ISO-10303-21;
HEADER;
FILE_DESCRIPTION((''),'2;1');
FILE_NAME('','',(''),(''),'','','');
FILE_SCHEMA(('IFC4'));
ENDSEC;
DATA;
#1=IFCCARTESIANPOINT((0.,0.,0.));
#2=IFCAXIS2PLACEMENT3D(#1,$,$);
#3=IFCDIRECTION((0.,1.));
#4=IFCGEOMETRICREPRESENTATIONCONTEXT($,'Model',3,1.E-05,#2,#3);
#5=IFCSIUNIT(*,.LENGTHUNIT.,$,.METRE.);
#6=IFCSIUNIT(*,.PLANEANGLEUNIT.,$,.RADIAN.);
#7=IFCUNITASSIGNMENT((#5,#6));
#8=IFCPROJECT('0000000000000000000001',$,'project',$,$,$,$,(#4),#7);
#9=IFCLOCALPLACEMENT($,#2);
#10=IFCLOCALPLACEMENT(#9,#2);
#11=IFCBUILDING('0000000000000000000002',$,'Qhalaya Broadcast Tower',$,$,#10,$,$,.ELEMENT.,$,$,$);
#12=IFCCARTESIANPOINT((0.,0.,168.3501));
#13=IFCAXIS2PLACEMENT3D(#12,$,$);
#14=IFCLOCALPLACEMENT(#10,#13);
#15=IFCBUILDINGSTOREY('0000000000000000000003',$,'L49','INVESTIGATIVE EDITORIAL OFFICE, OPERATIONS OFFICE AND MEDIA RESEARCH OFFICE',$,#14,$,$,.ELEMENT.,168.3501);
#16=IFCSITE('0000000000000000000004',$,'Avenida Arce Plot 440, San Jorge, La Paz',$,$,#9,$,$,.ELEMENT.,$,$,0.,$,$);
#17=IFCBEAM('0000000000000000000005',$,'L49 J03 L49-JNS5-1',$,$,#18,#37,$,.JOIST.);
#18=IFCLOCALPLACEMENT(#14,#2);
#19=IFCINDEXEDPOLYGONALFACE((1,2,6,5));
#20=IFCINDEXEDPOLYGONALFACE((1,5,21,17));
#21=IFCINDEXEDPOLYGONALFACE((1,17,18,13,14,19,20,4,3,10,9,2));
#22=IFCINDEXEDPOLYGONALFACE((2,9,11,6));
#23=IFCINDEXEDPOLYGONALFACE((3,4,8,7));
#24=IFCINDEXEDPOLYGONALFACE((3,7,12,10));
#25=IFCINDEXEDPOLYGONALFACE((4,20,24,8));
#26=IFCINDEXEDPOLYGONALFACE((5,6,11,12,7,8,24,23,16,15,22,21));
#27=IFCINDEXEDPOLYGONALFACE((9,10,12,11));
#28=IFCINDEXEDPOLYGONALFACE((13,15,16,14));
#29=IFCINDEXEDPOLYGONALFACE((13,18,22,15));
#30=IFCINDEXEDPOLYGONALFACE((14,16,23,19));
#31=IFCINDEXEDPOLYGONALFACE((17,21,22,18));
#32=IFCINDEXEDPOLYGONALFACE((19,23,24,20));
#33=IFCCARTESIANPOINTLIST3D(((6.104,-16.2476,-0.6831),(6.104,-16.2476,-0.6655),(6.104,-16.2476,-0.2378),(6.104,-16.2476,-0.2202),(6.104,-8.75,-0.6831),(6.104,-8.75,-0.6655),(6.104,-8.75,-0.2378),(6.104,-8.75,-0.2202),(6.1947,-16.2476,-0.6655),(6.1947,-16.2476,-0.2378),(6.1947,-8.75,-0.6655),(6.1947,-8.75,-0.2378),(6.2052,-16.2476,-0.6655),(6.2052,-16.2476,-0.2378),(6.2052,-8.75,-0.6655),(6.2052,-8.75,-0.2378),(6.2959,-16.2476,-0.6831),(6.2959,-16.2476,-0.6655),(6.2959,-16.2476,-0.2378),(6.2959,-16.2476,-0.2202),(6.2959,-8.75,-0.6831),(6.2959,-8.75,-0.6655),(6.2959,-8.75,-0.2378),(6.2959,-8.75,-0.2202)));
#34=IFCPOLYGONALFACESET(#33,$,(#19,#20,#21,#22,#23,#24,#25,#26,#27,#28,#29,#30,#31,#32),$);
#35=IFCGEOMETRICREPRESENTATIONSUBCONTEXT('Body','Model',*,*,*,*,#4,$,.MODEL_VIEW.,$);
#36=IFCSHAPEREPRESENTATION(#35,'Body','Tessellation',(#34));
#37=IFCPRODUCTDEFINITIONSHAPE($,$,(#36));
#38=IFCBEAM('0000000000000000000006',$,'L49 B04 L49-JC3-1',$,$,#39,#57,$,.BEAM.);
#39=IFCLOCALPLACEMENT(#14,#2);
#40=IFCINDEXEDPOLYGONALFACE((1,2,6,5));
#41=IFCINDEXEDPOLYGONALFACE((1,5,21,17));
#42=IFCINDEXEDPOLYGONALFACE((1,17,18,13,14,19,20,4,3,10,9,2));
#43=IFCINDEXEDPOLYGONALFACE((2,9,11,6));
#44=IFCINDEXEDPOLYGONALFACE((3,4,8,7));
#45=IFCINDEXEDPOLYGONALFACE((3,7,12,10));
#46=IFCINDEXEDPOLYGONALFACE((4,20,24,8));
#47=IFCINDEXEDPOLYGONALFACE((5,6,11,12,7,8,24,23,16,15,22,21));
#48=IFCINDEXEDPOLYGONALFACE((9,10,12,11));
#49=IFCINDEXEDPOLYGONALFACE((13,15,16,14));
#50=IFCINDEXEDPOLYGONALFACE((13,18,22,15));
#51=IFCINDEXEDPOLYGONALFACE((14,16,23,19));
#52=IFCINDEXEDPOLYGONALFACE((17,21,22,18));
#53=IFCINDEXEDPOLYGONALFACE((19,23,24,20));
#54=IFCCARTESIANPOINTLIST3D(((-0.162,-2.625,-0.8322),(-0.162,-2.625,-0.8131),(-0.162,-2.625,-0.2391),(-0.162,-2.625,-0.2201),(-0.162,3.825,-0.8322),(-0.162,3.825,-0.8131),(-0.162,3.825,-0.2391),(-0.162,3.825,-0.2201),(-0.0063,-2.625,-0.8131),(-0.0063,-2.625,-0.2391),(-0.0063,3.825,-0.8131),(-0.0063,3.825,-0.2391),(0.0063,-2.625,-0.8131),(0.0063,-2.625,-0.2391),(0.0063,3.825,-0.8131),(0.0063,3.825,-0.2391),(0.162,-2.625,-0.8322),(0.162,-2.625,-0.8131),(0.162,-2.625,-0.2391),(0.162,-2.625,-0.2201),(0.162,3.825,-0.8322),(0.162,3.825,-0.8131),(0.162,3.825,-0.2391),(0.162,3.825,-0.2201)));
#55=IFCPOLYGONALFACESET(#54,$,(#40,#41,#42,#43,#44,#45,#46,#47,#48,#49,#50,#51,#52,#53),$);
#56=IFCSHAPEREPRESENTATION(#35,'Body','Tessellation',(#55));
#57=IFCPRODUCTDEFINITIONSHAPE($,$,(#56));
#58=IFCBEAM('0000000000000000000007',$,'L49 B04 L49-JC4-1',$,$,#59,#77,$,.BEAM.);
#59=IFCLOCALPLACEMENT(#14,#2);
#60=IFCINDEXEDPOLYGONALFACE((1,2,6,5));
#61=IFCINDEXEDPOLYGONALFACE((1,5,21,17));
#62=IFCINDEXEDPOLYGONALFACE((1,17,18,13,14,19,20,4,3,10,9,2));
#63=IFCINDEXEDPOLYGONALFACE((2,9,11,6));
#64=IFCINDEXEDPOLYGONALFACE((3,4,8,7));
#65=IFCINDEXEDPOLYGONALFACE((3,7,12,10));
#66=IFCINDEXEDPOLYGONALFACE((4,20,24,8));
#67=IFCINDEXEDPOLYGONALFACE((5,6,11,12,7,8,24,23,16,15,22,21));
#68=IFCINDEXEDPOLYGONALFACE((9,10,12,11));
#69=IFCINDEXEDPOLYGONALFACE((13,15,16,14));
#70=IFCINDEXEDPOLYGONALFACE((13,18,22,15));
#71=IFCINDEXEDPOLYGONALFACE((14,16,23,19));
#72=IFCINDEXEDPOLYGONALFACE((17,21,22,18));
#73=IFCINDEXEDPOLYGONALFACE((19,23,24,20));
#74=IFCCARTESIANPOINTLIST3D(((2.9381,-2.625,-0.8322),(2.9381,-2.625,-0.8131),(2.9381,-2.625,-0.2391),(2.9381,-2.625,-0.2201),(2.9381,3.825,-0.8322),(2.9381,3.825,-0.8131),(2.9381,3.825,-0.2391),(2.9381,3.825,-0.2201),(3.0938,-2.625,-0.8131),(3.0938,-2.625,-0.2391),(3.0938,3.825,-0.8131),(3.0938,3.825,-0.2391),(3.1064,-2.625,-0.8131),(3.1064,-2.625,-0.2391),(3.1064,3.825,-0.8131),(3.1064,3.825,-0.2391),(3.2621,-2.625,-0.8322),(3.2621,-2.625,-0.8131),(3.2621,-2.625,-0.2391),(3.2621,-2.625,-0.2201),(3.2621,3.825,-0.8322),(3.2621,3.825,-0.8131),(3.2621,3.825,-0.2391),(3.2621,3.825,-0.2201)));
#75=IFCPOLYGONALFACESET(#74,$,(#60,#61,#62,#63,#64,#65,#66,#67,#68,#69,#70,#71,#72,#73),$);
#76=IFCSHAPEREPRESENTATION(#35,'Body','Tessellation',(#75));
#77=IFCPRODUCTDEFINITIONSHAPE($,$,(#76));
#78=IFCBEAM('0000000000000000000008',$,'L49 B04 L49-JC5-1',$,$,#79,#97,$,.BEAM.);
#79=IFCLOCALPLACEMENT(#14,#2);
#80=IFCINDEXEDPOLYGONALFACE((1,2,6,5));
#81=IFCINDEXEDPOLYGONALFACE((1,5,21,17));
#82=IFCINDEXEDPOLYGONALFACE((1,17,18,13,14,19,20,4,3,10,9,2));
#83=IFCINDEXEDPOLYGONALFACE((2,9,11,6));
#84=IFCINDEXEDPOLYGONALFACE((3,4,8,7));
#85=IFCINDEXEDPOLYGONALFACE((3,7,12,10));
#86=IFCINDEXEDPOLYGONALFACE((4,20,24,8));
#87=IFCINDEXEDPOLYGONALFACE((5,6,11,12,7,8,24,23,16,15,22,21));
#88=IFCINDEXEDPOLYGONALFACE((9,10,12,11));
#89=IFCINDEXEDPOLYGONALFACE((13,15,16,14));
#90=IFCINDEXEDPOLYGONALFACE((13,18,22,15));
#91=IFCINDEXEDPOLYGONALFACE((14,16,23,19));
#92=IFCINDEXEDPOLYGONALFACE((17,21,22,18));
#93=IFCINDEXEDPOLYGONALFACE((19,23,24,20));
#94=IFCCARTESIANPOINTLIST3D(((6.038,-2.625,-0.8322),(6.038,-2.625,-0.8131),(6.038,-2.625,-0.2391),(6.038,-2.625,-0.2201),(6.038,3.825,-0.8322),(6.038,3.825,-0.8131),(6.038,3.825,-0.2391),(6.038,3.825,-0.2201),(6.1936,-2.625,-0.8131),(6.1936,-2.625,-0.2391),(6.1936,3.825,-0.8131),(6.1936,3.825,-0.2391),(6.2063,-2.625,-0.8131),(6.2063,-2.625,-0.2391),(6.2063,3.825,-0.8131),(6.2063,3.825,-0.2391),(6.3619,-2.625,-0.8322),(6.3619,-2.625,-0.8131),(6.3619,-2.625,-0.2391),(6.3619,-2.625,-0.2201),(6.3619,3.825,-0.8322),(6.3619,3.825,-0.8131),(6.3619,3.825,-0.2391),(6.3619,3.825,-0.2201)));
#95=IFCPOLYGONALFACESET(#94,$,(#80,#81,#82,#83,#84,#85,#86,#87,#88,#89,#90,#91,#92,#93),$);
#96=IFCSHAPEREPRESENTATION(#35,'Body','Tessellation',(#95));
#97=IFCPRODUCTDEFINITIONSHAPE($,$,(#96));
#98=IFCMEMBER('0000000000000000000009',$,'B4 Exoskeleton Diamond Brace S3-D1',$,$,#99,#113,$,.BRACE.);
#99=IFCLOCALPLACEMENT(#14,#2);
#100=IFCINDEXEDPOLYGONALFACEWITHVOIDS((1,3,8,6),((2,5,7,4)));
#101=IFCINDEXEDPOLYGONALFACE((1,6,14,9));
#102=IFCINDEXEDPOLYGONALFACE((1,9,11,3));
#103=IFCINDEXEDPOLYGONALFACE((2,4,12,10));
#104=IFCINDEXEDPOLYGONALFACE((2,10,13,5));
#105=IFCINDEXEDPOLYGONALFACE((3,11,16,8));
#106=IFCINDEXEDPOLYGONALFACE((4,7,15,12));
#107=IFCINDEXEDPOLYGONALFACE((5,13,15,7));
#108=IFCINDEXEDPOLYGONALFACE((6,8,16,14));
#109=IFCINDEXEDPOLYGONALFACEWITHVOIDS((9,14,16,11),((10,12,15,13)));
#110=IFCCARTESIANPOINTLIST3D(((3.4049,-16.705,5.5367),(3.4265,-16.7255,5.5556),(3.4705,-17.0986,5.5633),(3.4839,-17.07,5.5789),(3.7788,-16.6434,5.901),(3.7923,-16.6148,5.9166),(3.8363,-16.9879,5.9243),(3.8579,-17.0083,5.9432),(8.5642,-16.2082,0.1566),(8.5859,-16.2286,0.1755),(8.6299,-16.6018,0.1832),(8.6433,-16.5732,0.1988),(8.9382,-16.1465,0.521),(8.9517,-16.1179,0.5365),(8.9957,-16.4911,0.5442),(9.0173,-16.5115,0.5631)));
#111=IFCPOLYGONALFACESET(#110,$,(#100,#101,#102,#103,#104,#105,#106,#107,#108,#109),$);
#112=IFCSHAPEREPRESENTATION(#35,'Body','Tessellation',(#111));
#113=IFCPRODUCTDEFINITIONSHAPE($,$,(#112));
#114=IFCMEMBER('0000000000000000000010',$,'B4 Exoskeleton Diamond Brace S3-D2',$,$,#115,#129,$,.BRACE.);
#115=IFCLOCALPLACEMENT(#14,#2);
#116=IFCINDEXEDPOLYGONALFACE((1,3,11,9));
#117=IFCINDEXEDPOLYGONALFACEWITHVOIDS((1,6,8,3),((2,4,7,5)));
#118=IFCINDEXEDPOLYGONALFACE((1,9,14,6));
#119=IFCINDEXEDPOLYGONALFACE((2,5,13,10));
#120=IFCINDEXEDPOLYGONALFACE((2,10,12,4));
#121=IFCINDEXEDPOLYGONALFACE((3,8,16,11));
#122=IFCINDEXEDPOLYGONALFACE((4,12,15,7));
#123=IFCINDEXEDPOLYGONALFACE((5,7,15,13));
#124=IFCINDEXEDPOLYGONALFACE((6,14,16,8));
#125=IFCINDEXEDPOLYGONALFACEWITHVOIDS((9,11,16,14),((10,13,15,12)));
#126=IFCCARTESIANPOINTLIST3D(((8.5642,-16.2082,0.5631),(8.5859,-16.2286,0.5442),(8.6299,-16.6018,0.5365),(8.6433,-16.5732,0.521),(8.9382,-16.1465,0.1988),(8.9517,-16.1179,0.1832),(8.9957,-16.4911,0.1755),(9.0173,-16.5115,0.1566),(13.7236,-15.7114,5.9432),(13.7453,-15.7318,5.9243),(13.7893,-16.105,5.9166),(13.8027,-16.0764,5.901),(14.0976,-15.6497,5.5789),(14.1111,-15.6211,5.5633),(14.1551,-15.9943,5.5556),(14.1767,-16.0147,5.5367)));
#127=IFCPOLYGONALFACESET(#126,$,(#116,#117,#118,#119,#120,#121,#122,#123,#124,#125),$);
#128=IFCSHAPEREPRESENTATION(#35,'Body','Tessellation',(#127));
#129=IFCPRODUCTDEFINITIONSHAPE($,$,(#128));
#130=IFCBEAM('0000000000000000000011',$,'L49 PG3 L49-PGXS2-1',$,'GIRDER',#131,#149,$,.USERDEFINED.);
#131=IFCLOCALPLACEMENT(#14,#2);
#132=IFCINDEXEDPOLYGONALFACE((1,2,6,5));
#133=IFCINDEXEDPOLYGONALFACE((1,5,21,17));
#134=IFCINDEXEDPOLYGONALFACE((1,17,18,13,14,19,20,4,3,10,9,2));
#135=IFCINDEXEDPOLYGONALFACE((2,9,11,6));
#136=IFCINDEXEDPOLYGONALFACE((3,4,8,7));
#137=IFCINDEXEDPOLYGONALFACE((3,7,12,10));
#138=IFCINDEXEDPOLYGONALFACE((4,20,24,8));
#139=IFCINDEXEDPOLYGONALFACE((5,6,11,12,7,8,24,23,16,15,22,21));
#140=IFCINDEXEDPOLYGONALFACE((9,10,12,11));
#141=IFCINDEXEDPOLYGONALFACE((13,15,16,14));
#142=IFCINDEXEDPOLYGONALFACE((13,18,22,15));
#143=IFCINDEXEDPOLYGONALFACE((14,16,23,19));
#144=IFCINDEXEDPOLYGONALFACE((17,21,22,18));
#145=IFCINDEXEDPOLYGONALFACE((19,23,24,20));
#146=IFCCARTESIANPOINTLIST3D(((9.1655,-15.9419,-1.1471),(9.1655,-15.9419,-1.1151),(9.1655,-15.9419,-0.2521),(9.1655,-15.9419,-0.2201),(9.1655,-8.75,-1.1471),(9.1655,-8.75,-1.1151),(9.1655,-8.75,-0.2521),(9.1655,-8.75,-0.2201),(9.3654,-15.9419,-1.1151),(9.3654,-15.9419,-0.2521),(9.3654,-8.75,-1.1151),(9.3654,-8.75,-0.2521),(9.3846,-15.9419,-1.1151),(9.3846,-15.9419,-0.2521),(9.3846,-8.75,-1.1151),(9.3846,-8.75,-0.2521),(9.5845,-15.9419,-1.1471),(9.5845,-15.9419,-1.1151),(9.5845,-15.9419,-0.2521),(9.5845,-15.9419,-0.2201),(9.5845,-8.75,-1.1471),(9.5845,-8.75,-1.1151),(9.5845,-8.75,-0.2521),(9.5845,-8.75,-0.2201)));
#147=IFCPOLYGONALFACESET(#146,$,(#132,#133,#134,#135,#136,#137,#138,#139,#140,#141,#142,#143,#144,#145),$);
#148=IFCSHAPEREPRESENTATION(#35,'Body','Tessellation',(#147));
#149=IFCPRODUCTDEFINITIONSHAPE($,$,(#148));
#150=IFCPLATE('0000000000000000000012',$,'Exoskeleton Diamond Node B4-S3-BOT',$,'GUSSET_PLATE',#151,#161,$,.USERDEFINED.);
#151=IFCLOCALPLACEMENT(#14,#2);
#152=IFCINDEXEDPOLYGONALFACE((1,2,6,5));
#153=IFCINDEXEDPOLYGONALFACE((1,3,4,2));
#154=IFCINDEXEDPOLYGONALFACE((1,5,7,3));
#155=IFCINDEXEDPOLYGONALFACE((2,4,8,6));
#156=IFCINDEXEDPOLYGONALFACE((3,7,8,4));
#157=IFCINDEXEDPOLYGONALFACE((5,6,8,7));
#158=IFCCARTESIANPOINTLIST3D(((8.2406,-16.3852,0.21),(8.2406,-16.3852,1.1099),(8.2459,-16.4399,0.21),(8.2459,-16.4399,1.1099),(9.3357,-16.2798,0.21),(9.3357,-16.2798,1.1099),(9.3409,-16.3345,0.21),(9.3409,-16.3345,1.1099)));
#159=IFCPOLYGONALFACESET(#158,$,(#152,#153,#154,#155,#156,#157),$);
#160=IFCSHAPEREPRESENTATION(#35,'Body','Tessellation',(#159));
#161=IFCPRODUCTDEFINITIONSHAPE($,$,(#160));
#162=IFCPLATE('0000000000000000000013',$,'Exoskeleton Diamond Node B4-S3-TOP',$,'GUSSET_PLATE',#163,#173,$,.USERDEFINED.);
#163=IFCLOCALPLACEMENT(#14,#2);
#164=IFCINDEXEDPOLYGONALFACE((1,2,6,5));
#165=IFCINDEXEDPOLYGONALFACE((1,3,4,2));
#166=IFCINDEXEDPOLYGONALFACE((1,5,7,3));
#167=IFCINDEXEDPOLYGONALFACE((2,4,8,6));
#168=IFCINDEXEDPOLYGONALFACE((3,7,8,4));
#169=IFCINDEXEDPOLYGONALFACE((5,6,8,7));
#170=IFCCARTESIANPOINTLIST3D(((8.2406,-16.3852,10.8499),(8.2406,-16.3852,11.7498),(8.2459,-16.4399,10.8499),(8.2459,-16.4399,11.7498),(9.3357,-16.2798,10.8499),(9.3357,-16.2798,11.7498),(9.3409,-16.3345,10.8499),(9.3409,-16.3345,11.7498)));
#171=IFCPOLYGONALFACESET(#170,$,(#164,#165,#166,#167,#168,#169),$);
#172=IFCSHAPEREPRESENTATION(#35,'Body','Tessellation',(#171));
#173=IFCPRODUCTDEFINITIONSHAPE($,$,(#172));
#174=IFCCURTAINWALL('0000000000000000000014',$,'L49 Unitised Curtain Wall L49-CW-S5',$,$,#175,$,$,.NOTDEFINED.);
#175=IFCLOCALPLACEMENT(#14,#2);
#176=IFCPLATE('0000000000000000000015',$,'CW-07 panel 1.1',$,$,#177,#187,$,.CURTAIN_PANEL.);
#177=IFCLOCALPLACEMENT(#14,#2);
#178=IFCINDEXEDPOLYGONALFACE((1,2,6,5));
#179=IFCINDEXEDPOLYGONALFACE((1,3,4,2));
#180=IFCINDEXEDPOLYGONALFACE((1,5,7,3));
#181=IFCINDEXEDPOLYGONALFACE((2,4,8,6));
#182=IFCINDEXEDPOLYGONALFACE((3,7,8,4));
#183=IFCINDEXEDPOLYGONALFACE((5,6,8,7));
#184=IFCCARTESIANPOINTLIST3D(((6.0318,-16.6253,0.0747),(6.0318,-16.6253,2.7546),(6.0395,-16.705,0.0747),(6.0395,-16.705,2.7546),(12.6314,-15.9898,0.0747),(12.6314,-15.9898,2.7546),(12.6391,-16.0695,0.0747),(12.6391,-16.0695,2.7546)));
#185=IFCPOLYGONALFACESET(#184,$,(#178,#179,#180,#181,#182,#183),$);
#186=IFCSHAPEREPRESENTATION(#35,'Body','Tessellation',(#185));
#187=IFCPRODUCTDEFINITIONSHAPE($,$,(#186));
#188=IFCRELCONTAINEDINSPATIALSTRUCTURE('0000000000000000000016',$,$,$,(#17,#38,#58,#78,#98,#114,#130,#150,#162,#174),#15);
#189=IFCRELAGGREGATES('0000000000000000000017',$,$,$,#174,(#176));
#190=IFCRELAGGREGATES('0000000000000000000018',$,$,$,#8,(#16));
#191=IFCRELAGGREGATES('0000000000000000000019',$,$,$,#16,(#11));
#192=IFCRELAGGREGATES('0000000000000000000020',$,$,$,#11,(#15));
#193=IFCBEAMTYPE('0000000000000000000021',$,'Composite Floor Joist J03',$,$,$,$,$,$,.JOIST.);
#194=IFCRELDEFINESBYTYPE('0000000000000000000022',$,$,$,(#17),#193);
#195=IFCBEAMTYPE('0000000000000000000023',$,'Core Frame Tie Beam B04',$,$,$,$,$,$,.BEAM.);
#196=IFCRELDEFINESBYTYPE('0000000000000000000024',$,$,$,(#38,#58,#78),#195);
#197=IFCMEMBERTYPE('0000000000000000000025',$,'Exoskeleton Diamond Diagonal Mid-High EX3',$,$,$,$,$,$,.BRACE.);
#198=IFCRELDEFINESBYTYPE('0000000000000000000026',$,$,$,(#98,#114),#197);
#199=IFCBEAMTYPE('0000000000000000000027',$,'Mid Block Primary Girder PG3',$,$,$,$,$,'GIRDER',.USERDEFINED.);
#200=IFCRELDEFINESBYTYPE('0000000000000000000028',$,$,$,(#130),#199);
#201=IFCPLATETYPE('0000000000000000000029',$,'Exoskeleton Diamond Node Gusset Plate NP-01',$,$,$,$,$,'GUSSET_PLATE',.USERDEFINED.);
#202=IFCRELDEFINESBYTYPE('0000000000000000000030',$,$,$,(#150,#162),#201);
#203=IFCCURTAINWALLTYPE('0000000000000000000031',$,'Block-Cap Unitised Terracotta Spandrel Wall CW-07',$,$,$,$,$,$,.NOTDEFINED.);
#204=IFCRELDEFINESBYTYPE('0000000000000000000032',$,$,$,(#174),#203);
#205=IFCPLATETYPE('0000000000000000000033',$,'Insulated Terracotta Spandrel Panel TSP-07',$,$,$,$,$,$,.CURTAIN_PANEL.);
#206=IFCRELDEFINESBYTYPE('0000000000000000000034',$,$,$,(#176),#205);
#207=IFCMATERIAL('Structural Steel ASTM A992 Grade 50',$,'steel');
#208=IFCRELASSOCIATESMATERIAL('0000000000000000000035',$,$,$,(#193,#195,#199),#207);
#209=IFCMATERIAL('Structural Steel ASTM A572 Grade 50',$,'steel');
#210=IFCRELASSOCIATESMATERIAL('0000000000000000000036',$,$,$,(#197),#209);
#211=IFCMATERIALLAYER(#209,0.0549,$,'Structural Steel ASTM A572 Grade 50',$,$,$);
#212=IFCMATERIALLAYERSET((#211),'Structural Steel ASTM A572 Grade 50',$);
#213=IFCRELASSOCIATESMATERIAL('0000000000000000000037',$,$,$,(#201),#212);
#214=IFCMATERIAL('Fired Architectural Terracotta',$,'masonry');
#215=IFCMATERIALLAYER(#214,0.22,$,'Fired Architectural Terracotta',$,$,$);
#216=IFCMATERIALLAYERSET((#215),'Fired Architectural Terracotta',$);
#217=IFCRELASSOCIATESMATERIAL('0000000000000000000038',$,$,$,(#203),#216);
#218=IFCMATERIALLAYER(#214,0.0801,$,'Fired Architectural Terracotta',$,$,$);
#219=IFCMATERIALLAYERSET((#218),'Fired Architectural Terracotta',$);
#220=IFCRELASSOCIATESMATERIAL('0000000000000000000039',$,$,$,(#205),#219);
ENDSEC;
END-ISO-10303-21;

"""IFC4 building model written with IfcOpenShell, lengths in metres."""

from ifc_helpers import new_model, si_unit, direction, frame, origin, origin_2d, place, context, subcontext, project, spatial, rectangle, hollow_rectangle, i_section, extrude, material, layer, layer_set, material_profile, profile_set, type_object, element, aggregate, save


model = new_model("IFC4")

# Units and contexts
model_context = context("Model", 3, precision=1e-05, world=origin(), true_north=direction((0.0, 1.0)))
body_context = subcontext(model_context, "Body", "Model", "MODEL_VIEW")
ifc_project = project(units=[si_unit("LENGTHUNIT", "METRE"), si_unit("PLANEANGLEUNIT", "RADIAN")], contexts=[model_context])

# Site, building, storey
site_placement = place(None, origin())
site = spatial("IfcSite", under=ifc_project, at=site_placement, Name="Avenida Arce Plot 440, San Jorge, La Paz", CompositionType="ELEMENT", RefElevation=0.0)
building_placement = place(site_placement, origin())
building = spatial("IfcBuilding", under=site, at=building_placement, Name="Qhalaya Broadcast Tower", CompositionType="ELEMENT")
storey_placement = place(building_placement, frame((0.0, 0.0, 168.3501)))
storey = spatial("IfcBuildingStorey", under=building, at=storey_placement, Name="L49", Description="INVESTIGATIVE EDITORIAL OFFICE, OPERATIONS OFFICE AND MEDIA RESEARCH OFFICE", CompositionType="ELEMENT", Elevation=168.3501)

# Beams
ifc_material_1 = material(Name="Structural Steel ASTM A992 Grade 50", Category="steel")
ifc_material_profile_1 = material_profile(ifc_material_1, i_section(OverallWidth=0.1919, OverallDepth=0.4629, WebThickness=0.0105, FlangeThickness=0.0176, at=origin_2d()), Name="W18X60")
ifc_profile_set_1 = profile_set([ifc_material_profile_1], Name="Structural Steel ASTM A992 Grade 50")
beam_type_1 = type_object("IfcBeamType", Name="Composite Floor Joist J03", PredefinedType="JOIST", material=ifc_profile_set_1)
beam_1_placement = place(storey_placement, frame((6.2, -16.2476, -0.4517), z_axis=(0.0, 1.0, 0.0), x_axis=(-1.0, 0.0, 0.0)))
element("IfcBeam", 1, at=beam_1_placement, inside=storey, type_object=beam_type_1, Name="L49 J03 L49-JNS5-1", PredefinedType="JOIST", context=body_context, shape_type="SweptSolid", body=[
    extrude(i_section(OverallWidth=0.1919, OverallDepth=0.4629, WebThickness=0.0105, FlangeThickness=0.0176, at=origin_2d()), origin(), (0.0, 0.0, 1.0), 7.4976),
])
ifc_material_profile_2 = material_profile(ifc_material_1, i_section(OverallWidth=0.324, OverallDepth=0.6121, WebThickness=0.0127, FlangeThickness=0.019, at=origin_2d()), Name="W24X104")
ifc_profile_set_2 = profile_set([ifc_material_profile_2], Name="Structural Steel ASTM A992 Grade 50")
beam_type_2 = type_object("IfcBeamType", Name="Core Frame Tie Beam B04", PredefinedType="BEAM", material=ifc_profile_set_2)
for number, where, z_axis, x_axis, name in (
    (2, (0.0, -2.625, -0.5261), (0.0, 1.0, 0.0), (-1.0, 0.0, 0.0), "L49 B04 L49-JC3-1"),
    (3, (3.1001, -2.625, -0.5261), (0.0, 1.0, 0.0), (-1.0, 0.0, 0.0), "L49 B04 L49-JC4-1"),
    (4, (6.2, -2.625, -0.5261), (0.0, 1.0, 0.0), (-1.0, 0.0, 0.0), "L49 B04 L49-JC5-1"),
):
    element("IfcBeam", number, at=place(storey_placement, frame(where, z_axis=z_axis, x_axis=x_axis)), inside=storey, type_object=beam_type_2, Name=name, PredefinedType="BEAM", context=body_context, shape_type="SweptSolid", body=[
        extrude(i_section(OverallWidth=0.324, OverallDepth=0.6121, WebThickness=0.0127, FlangeThickness=0.019, at=origin_2d()), origin(), (0.0, 0.0, 1.0), 6.45),
    ])

# Members
ifc_material_2 = material(Name="Structural Steel ASTM A572 Grade 50", Category="steel")
ifc_material_profile_3 = material_profile(ifc_material_2, hollow_rectangle(XDim=0.3999, YDim=0.55, WallThickness=0.0249, at=origin_2d()), Name="BOX 400x550x25")
ifc_profile_set_3 = profile_set([ifc_material_profile_3], Name="Structural Steel ASTM A572 Grade 50")
member_type = type_object("IfcMemberType", Name="Exoskeleton Diamond Diagonal Mid-High EX3", PredefinedType="BRACE", material=ifc_profile_set_3)
for number, where, z_axis, x_axis, name in (
    (5, (8.7908, -16.3599, 0.3599), (-0.690616, -0.066503, 0.720158), (0.164117, -0.984197, 0.066499), "B4 Exoskeleton Diamond Brace S3-D1"),
    (6, (8.7908, -16.3599, 0.3599), (0.690616, 0.066503, 0.720158), (-0.164117, 0.984197, 0.066499), "B4 Exoskeleton Diamond Brace S3-D2"),
):
    element("IfcMember", number, at=place(storey_placement, frame(where, z_axis=z_axis, x_axis=x_axis)), inside=storey, type_object=member_type, Name=name, PredefinedType="BRACE", context=body_context, shape_type="SweptSolid", body=[
        extrude(hollow_rectangle(XDim=0.3999, YDim=0.55, WallThickness=0.0249, at=origin_2d()), origin(), (0.0, 0.0, 1.0), 7.4707),
    ])

# Beam
ifc_material_profile_4 = material_profile(ifc_material_1, i_section(OverallWidth=0.4189, OverallDepth=0.927, WebThickness=0.0193, FlangeThickness=0.032, at=origin_2d()), Name="W36X231")
ifc_profile_set_4 = profile_set([ifc_material_profile_4], Name="Structural Steel ASTM A992 Grade 50")
beam_type_3 = type_object("IfcBeamType", Name="Mid Block Primary Girder PG3", ElementType="GIRDER", PredefinedType="USERDEFINED", material=ifc_profile_set_4)
beam_2_placement = place(storey_placement, frame((9.375, -15.9419, -0.6836), z_axis=(0.0, 1.0, 0.0), x_axis=(-1.0, 0.0, 0.0)))
element("IfcBeam", 7, at=beam_2_placement, inside=storey, type_object=beam_type_3, Name="L49 PG3 L49-PGXS2-1", ObjectType="GIRDER", PredefinedType="USERDEFINED", context=body_context, shape_type="SweptSolid", body=[
    extrude(i_section(OverallWidth=0.4189, OverallDepth=0.927, WebThickness=0.0193, FlangeThickness=0.032, at=origin_2d()), origin(), (0.0, 0.0, 1.0), 7.1919),
])

# Plates
ifc_layer_1 = layer(ifc_material_2, 0.0549, Name="Structural Steel ASTM A572 Grade 50")
ifc_layer_set_1 = layer_set([ifc_layer_1], Name="Structural Steel ASTM A572 Grade 50")
plate_type_1 = type_object("IfcPlateType", Name="Exoskeleton Diamond Node Gusset Plate NP-01", ElementType="GUSSET_PLATE", PredefinedType="USERDEFINED", material=ifc_layer_set_1)
for number, where, z_axis, x_axis, name in (
    (8, (8.7908, -16.3599, 0.21), (0.0, 0.0, 1.0), (0.995396, 0.095846, 0.0), "Exoskeleton Diamond Node B4-S3-BOT"),
    (9, (8.7908, -16.3599, 10.8499), (0.0, 0.0, 1.0), (0.995396, 0.095846, 0.0), "Exoskeleton Diamond Node B4-S3-TOP"),
):
    element("IfcPlate", number, at=place(storey_placement, frame(where, z_axis=z_axis, x_axis=x_axis)), inside=storey, type_object=plate_type_1, Name=name, ObjectType="GUSSET_PLATE", PredefinedType="USERDEFINED", context=body_context, shape_type="SweptSolid", body=[
        extrude(rectangle(XDim=1.1001, YDim=0.0549, at=origin_2d()), origin(), (0.0, 0.0, 1.0), 0.8999),
    ])

# Curtain wall, plate
ifc_material_3 = material(Name="Fired Architectural Terracotta", Category="masonry")
ifc_layer_2 = layer(ifc_material_3, 0.22, Name="Fired Architectural Terracotta")
ifc_layer_set_2 = layer_set([ifc_layer_2], Name="Fired Architectural Terracotta")
curtain_wall_type = type_object("IfcCurtainWallType", Name="Block-Cap Unitised Terracotta Spandrel Wall CW-07", PredefinedType="NOTDEFINED", material=ifc_layer_set_2)
curtain_wall_placement = place(storey_placement, origin())
curtain_wall = element("IfcCurtainWall", 10, at=curtain_wall_placement, inside=storey, type_object=curtain_wall_type, Name="L49 Unitised Curtain Wall L49-CW-S5", PredefinedType="NOTDEFINED")
ifc_layer_3 = layer(ifc_material_3, 0.0801, Name="Fired Architectural Terracotta")
ifc_layer_set_3 = layer_set([ifc_layer_3], Name="Fired Architectural Terracotta")
plate_type_2 = type_object("IfcPlateType", Name="Insulated Terracotta Spandrel Panel TSP-07", PredefinedType="CURTAIN_PANEL", material=ifc_layer_set_3)
plate_placement = place(storey_placement, frame((9.3354, -16.3474, 0.0747), z_axis=(0.0, 0.0, 1.0), x_axis=(0.995397, 0.095841, 0.0)))
plate = element("IfcPlate", 11, at=plate_placement, type_object=plate_type_2, Name="CW-07 panel 1.1", PredefinedType="CURTAIN_PANEL", context=body_context, shape_type="SweptSolid", body=[
    extrude(rectangle(XDim=6.6301, YDim=0.0801, at=origin_2d()), origin(), (0.0, 0.0, 1.0), 2.6799),
])
aggregate(curtain_wall, [plate])

save(model, "model.ifc")
